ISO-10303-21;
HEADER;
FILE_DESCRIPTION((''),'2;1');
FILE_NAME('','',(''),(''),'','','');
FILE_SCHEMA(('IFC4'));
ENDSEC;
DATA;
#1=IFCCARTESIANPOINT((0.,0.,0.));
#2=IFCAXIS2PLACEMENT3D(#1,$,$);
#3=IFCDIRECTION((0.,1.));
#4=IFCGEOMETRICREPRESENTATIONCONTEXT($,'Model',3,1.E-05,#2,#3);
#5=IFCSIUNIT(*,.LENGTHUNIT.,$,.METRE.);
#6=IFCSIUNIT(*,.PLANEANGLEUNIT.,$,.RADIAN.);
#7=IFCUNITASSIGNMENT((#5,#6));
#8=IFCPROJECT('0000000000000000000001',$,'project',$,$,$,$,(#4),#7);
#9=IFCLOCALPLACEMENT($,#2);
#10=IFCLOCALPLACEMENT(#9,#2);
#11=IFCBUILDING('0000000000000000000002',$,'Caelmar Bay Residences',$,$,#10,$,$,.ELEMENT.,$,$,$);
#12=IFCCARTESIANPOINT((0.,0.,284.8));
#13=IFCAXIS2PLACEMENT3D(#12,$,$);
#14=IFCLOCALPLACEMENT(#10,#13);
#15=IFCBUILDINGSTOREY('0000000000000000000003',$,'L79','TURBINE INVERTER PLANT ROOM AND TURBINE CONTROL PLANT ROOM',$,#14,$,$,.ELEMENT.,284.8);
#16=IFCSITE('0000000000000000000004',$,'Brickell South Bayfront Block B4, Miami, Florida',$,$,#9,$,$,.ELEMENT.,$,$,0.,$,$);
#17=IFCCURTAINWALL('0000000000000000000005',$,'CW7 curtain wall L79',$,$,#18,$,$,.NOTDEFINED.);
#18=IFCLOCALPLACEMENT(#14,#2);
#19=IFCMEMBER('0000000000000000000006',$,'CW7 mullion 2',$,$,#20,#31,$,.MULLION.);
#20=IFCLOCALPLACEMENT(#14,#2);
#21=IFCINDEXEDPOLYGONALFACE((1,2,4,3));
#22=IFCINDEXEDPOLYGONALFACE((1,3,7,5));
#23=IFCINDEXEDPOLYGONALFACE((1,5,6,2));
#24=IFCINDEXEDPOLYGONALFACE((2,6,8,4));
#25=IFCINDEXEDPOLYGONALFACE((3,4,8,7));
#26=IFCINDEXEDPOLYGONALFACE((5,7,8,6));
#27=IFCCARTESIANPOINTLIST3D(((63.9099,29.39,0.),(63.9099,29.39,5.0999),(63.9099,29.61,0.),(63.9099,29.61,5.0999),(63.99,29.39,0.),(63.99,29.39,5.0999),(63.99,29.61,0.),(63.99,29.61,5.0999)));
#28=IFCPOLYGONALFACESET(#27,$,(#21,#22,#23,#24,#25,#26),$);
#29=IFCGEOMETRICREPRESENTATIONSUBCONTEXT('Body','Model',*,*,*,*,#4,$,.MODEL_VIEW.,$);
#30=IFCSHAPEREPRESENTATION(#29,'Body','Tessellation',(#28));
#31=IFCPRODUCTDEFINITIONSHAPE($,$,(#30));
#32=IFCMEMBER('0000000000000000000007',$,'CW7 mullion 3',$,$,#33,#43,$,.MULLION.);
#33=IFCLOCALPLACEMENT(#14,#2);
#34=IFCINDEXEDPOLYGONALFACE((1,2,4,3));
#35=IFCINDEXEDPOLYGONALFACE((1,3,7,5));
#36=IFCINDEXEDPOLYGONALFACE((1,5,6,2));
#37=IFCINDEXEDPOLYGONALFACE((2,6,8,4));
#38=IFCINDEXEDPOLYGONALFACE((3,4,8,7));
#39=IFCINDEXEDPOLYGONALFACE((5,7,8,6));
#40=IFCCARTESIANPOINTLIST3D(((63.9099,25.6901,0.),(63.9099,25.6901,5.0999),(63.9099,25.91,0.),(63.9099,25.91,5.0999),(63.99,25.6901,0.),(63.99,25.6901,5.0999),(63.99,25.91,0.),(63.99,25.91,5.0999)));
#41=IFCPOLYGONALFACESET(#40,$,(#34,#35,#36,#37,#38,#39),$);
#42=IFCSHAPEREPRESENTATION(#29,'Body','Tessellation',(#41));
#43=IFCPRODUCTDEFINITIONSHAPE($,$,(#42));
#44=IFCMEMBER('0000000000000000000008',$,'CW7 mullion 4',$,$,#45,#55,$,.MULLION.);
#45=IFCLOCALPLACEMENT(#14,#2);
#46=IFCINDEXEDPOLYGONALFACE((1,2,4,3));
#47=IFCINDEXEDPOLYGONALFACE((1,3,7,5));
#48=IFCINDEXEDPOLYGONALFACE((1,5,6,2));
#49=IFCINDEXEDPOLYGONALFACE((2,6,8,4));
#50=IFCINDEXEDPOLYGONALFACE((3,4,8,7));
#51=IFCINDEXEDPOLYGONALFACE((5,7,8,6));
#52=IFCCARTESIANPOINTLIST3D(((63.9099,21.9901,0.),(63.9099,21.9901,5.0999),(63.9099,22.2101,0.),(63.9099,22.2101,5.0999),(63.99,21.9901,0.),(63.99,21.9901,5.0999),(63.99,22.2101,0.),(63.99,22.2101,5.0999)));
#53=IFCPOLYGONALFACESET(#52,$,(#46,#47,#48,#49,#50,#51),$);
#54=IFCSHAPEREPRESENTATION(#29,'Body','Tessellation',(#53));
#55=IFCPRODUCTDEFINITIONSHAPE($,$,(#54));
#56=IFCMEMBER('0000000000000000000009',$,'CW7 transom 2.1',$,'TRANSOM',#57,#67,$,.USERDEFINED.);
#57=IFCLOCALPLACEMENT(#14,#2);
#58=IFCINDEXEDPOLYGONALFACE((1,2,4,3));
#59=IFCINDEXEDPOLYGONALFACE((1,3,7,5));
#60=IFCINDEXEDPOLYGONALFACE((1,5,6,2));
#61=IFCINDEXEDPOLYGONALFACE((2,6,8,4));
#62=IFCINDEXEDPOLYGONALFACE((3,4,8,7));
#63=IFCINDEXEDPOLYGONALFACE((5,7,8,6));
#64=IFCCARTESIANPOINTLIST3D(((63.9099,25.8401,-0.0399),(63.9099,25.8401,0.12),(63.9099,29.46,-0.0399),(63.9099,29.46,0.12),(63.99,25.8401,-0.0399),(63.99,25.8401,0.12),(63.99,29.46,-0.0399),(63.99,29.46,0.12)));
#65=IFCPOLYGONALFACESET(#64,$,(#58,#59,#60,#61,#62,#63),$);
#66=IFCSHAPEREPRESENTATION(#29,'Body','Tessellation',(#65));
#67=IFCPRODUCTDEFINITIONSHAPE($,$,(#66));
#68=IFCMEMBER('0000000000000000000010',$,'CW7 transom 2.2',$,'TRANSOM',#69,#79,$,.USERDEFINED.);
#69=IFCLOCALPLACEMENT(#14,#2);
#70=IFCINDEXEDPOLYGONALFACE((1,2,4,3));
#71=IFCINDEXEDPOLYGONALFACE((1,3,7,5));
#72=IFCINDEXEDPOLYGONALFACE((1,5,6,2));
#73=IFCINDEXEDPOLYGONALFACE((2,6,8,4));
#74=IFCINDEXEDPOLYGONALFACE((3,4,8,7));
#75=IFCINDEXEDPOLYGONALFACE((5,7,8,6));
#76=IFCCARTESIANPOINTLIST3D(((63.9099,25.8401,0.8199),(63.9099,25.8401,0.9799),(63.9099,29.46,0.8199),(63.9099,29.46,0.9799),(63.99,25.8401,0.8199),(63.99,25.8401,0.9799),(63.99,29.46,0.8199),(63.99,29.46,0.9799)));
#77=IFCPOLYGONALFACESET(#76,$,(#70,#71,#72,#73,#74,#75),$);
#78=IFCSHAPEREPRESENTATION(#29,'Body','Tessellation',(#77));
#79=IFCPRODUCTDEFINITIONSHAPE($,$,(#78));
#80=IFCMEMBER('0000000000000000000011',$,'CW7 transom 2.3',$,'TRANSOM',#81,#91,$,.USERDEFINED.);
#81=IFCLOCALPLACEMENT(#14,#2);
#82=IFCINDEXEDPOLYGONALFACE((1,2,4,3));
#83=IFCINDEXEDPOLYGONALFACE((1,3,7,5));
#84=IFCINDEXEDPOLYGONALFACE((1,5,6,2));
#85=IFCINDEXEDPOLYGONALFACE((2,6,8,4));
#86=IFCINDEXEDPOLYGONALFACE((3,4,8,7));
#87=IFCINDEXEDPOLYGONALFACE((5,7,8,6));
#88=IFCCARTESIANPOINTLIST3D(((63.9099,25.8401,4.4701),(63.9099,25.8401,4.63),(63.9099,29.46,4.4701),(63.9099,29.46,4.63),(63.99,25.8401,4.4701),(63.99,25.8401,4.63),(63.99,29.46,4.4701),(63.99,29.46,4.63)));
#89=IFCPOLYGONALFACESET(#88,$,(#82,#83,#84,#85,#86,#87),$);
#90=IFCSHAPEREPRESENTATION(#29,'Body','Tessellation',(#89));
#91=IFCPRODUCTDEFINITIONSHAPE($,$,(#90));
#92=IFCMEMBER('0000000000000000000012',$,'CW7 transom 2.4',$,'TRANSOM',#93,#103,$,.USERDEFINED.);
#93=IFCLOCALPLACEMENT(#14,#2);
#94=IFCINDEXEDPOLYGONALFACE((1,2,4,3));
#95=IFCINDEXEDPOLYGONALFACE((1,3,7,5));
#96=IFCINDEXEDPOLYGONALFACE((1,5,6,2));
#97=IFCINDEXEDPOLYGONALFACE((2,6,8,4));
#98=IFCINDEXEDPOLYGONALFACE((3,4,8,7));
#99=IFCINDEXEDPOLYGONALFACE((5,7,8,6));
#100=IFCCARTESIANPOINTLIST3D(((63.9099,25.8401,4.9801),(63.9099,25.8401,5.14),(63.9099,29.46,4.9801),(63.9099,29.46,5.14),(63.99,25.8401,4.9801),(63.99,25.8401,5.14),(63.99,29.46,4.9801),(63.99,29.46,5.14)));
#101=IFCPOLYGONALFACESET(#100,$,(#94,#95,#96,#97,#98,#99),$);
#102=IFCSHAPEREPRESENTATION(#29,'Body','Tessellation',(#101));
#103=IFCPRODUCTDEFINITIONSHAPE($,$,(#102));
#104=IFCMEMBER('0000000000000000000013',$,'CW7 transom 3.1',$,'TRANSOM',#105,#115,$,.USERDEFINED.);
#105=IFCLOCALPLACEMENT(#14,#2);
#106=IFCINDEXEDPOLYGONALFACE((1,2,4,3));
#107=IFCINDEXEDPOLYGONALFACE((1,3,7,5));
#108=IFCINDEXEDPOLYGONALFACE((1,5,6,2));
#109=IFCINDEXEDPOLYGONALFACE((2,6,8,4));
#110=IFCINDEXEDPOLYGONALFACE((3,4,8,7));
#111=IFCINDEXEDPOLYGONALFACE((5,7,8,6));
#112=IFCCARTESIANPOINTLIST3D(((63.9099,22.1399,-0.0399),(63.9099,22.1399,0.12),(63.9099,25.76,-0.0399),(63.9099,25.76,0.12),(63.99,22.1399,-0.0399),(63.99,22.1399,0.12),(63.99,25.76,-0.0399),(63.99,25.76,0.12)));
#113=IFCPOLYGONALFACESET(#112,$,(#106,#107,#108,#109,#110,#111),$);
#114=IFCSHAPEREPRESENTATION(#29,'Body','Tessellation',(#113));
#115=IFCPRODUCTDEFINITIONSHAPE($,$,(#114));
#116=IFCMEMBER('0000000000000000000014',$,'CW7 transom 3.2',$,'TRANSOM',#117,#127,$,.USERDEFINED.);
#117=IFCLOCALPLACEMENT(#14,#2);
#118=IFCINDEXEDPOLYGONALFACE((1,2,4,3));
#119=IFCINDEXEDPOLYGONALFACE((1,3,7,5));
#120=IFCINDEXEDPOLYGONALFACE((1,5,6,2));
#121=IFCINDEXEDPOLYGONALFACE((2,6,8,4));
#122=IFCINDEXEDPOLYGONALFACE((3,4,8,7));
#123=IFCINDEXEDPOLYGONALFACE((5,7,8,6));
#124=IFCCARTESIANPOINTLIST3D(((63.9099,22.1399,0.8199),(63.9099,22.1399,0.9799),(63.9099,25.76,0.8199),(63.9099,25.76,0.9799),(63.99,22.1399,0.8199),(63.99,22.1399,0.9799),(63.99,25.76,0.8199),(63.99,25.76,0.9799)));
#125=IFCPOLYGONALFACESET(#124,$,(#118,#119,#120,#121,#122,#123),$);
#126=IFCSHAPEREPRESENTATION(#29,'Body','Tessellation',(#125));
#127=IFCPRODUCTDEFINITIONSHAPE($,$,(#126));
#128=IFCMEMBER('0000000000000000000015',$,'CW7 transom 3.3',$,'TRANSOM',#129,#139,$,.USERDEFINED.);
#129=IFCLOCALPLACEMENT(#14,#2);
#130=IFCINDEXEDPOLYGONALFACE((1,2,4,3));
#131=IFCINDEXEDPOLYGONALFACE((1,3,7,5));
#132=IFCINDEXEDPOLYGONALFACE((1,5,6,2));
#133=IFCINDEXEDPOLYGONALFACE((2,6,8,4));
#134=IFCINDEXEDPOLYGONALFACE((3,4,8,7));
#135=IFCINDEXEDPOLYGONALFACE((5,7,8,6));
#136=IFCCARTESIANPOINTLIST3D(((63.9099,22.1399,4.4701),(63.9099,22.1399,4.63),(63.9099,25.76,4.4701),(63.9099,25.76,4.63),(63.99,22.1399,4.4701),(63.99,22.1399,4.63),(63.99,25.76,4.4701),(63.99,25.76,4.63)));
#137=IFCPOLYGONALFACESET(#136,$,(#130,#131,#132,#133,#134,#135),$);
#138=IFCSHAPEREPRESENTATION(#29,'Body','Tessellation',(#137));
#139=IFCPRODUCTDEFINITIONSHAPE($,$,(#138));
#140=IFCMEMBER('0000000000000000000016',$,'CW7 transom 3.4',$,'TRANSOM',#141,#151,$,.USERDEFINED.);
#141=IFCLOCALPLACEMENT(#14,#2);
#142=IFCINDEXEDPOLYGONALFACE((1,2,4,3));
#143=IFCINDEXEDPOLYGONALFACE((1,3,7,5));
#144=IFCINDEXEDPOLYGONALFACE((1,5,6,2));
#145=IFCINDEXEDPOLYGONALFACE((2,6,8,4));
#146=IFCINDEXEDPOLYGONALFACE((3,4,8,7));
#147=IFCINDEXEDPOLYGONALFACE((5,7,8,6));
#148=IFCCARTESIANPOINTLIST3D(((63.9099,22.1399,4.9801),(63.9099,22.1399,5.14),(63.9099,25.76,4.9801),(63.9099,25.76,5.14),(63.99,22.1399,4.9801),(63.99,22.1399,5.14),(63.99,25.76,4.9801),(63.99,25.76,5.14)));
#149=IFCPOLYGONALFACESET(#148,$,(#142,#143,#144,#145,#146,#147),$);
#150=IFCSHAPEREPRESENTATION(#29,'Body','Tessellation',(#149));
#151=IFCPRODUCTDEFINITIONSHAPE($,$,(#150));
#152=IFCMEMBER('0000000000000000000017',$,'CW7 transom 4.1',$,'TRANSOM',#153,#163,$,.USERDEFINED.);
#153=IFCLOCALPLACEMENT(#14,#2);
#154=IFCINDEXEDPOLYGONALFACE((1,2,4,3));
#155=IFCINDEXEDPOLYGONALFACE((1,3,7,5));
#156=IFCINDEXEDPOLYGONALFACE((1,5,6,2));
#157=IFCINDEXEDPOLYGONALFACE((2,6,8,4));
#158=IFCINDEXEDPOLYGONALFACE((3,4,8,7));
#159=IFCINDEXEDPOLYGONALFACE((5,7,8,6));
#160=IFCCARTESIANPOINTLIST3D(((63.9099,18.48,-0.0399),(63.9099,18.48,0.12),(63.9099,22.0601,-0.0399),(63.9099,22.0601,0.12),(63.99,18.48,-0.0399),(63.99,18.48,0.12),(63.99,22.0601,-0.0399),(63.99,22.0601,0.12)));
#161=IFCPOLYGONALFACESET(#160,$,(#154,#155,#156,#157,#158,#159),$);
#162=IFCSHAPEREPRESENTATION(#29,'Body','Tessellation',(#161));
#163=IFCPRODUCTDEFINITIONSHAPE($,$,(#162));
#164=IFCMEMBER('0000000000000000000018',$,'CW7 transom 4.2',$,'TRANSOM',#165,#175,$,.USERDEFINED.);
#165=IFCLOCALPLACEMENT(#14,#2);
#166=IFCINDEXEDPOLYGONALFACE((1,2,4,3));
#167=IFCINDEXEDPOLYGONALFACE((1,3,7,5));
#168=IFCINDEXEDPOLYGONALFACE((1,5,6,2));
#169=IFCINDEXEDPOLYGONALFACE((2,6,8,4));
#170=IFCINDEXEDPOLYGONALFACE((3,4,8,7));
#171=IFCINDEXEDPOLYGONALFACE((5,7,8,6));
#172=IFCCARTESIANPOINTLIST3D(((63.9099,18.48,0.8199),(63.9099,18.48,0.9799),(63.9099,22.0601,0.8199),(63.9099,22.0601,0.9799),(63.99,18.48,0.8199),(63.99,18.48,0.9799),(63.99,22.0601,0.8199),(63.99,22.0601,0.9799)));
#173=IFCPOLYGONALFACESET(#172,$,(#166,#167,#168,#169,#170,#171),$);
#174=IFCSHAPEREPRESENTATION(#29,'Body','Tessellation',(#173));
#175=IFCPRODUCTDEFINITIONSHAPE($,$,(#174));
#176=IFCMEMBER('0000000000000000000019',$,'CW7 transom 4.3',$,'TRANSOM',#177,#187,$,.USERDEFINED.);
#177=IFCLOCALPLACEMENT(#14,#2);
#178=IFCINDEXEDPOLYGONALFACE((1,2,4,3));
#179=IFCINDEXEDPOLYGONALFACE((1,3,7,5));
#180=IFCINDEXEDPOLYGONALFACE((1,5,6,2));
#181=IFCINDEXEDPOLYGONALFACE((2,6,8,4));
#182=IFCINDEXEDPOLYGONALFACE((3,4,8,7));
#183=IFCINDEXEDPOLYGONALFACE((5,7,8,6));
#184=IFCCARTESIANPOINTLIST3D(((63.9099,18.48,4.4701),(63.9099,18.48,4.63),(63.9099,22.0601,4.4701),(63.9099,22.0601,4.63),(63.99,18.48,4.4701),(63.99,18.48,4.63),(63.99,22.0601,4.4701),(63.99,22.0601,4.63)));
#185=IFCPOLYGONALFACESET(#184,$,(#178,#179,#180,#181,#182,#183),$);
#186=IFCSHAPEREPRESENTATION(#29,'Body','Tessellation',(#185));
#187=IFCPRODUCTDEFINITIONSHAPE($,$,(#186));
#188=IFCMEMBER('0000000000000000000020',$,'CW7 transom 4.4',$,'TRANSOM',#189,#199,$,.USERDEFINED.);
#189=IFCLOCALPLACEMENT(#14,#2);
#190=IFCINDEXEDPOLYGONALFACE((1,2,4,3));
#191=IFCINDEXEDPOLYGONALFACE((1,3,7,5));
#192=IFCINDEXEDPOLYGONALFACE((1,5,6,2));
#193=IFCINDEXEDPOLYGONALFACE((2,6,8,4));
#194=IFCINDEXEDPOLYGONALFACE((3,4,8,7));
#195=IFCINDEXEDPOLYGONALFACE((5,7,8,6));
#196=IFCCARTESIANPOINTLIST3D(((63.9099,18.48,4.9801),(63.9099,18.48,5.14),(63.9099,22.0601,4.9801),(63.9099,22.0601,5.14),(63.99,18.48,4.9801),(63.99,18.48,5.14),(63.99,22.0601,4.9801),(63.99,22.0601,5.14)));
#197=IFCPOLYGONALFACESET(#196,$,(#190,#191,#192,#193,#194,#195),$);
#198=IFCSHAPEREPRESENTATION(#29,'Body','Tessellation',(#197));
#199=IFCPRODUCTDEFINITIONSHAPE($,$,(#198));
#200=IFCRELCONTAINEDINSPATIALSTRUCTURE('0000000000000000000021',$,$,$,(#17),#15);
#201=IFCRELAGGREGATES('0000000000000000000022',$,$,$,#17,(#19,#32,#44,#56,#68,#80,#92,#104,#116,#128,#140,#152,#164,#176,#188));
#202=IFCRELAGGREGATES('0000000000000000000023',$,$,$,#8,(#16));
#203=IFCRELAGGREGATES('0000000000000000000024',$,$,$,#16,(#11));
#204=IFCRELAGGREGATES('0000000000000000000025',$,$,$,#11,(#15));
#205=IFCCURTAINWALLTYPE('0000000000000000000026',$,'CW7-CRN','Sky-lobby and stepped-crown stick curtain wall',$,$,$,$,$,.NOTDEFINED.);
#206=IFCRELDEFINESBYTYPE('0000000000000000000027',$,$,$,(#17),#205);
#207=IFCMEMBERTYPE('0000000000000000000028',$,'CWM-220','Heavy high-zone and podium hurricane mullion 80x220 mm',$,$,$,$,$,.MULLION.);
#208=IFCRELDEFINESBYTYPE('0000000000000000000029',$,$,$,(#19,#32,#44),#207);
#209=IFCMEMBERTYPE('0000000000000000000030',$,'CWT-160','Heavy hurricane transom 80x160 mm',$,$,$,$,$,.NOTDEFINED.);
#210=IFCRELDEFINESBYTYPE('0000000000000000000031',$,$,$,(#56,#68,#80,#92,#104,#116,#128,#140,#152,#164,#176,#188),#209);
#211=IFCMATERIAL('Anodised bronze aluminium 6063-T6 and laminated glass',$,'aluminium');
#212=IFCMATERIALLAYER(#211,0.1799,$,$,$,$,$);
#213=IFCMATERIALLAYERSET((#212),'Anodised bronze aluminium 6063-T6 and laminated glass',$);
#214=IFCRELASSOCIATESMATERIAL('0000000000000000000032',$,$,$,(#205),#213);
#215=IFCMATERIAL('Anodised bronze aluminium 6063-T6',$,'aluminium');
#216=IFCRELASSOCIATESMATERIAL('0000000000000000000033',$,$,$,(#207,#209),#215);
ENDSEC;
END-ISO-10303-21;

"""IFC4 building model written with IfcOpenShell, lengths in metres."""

from ifc_helpers import new_model, si_unit, direction, frame, origin, origin_2d, place, context, subcontext, project, spatial, rectangle, extrude, material, layer, layer_set, material_profile, profile_set, type_object, element, aggregate, save


model = new_model("IFC4")

# Units and contexts
model_context = context("Model", 3, precision=1e-05, world=origin(), true_north=direction((0.0, 1.0)))
body_context = subcontext(model_context, "Body", "Model", "MODEL_VIEW")
ifc_project = project(units=[si_unit("LENGTHUNIT", "METRE"), si_unit("PLANEANGLEUNIT", "RADIAN")], contexts=[model_context])

# Site, building, storey
site_placement = place(None, origin())
site = spatial("IfcSite", under=ifc_project, at=site_placement, Name="Brickell South Bayfront Block B4, Miami, Florida", CompositionType="ELEMENT", RefElevation=0.0)
building_placement = place(site_placement, origin())
building = spatial("IfcBuilding", under=site, at=building_placement, Name="Caelmar Bay Residences", CompositionType="ELEMENT")
storey_placement = place(building_placement, frame((0.0, 0.0, 284.8)))
storey = spatial("IfcBuildingStorey", under=building, at=storey_placement, Name="L79", Description="TURBINE INVERTER PLANT ROOM AND TURBINE CONTROL PLANT ROOM", CompositionType="ELEMENT", Elevation=284.8)

# Curtain wall, members
ifc_material_1 = material(Name="Anodised bronze aluminium 6063-T6 and laminated glass", Category="aluminium")
ifc_layer_1 = layer(ifc_material_1, 0.1799)
ifc_layer_set_1 = layer_set([ifc_layer_1], Name="Anodised bronze aluminium 6063-T6 and laminated glass")
curtain_wall_type = type_object("IfcCurtainWallType", Name="CW7-CRN", Description="Sky-lobby and stepped-crown stick curtain wall", PredefinedType="NOTDEFINED", material=ifc_layer_set_1)
curtain_wall_placement = place(storey_placement, origin())
curtain_wall = element("IfcCurtainWall", 1, at=curtain_wall_placement, inside=storey, type_object=curtain_wall_type, Name="CW7 curtain wall L79", PredefinedType="NOTDEFINED")
ifc_material_2 = material(Name="Anodised bronze aluminium 6063-T6", Category="aluminium")
ifc_material_profile_1 = material_profile(ifc_material_2, rectangle(XDim=0.0801, YDim=0.22, at=origin_2d()), Name="CWM-80X220")
ifc_profile_set_1 = profile_set([ifc_material_profile_1], Name="Anodised bronze aluminium 6063-T6")
member_type_1 = type_object("IfcMemberType", Name="CWM-220", Description="Heavy high-zone and podium hurricane mullion 80x220 mm", PredefinedType="MULLION", material=ifc_profile_set_1)
member_1_placement = place(storey_placement, frame((63.95, 29.5, 0.0), z_axis=(0.0, 0.0, 1.0), x_axis=(1.0, 0.0, 0.0)))
member_1 = element("IfcMember", 2, at=member_1_placement, type_object=member_type_1, Name="CW7 mullion 2", PredefinedType="MULLION", context=body_context, shape_type="SweptSolid", body=[
    extrude(rectangle(XDim=0.0801, YDim=0.22, at=origin_2d()), origin(), (0.0, 0.0, 1.0), 5.0999),
])
member_2_placement = place(storey_placement, frame((63.95, 25.8, 0.0), z_axis=(0.0, 0.0, 1.0), x_axis=(1.0, 0.0, 0.0)))
member_2 = element("IfcMember", 3, at=member_2_placement, type_object=member_type_1, Name="CW7 mullion 3", PredefinedType="MULLION", context=body_context, shape_type="SweptSolid", body=[
    extrude(rectangle(XDim=0.0801, YDim=0.22, at=origin_2d()), origin(), (0.0, 0.0, 1.0), 5.0999),
])
member_3_placement = place(storey_placement, frame((63.95, 22.1001, 0.0), z_axis=(0.0, 0.0, 1.0), x_axis=(1.0, 0.0, 0.0)))
member_3 = element("IfcMember", 4, at=member_3_placement, type_object=member_type_1, Name="CW7 mullion 4", PredefinedType="MULLION", context=body_context, shape_type="SweptSolid", body=[
    extrude(rectangle(XDim=0.0801, YDim=0.22, at=origin_2d()), origin(), (0.0, 0.0, 1.0), 5.0999),
])
ifc_material_profile_2 = material_profile(ifc_material_2, rectangle(XDim=0.0801, YDim=0.1599, at=origin_2d()), Name="CWT-80X160")
ifc_profile_set_2 = profile_set([ifc_material_profile_2], Name="Anodised bronze aluminium 6063-T6")
member_type_2 = type_object("IfcMemberType", Name="CWT-160", Description="Heavy hurricane transom 80x160 mm", PredefinedType="NOTDEFINED", material=ifc_profile_set_2)
member_4_placement = place(storey_placement, frame((63.95, 29.46, 0.04), z_axis=(0.0, -1.0, 0.0), x_axis=(1.0, 0.0, 0.0)))
member_4 = element("IfcMember", 5, at=member_4_placement, type_object=member_type_2, Name="CW7 transom 2.1", ObjectType="TRANSOM", PredefinedType="USERDEFINED", context=body_context, shape_type="SweptSolid", body=[
    extrude(rectangle(XDim=0.0801, YDim=0.1599, at=origin_2d()), origin(), (0.0, 0.0, 1.0), 3.6199),
])
member_5_placement = place(storey_placement, frame((63.95, 29.46, 0.8999), z_axis=(0.0, -1.0, 0.0), x_axis=(1.0, 0.0, 0.0)))
member_5 = element("IfcMember", 6, at=member_5_placement, type_object=member_type_2, Name="CW7 transom 2.2", ObjectType="TRANSOM", PredefinedType="USERDEFINED", context=body_context, shape_type="SweptSolid", body=[
    extrude(rectangle(XDim=0.0801, YDim=0.1599, at=origin_2d()), origin(), (0.0, 0.0, 1.0), 3.6199),
])
member_6_placement = place(storey_placement, frame((63.95, 29.46, 4.55), z_axis=(0.0, -1.0, 0.0), x_axis=(1.0, 0.0, 0.0)))
member_6 = element("IfcMember", 7, at=member_6_placement, type_object=member_type_2, Name="CW7 transom 2.3", ObjectType="TRANSOM", PredefinedType="USERDEFINED", context=body_context, shape_type="SweptSolid", body=[
    extrude(rectangle(XDim=0.0801, YDim=0.1599, at=origin_2d()), origin(), (0.0, 0.0, 1.0), 3.6199),
])
member_7_placement = place(storey_placement, frame((63.95, 29.46, 5.0601), z_axis=(0.0, -1.0, 0.0), x_axis=(1.0, 0.0, 0.0)))
member_7 = element("IfcMember", 8, at=member_7_placement, type_object=member_type_2, Name="CW7 transom 2.4", ObjectType="TRANSOM", PredefinedType="USERDEFINED", context=body_context, shape_type="SweptSolid", body=[
    extrude(rectangle(XDim=0.0801, YDim=0.1599, at=origin_2d()), origin(), (0.0, 0.0, 1.0), 3.6199),
])
member_8_placement = place(storey_placement, frame((63.95, 25.76, 0.04), z_axis=(0.0, -1.0, 0.0), x_axis=(1.0, 0.0, 0.0)))
member_8 = element("IfcMember", 9, at=member_8_placement, type_object=member_type_2, Name="CW7 transom 3.1", ObjectType="TRANSOM", PredefinedType="USERDEFINED", context=body_context, shape_type="SweptSolid", body=[
    extrude(rectangle(XDim=0.0801, YDim=0.1599, at=origin_2d()), origin(), (0.0, 0.0, 1.0), 3.6201),
])
member_9_placement = place(storey_placement, frame((63.95, 25.76, 0.8999), z_axis=(0.0, -1.0, 0.0), x_axis=(1.0, 0.0, 0.0)))
member_9 = element("IfcMember", 10, at=member_9_placement, type_object=member_type_2, Name="CW7 transom 3.2", ObjectType="TRANSOM", PredefinedType="USERDEFINED", context=body_context, shape_type="SweptSolid", body=[
    extrude(rectangle(XDim=0.0801, YDim=0.1599, at=origin_2d()), origin(), (0.0, 0.0, 1.0), 3.6201),
])
member_10_placement = place(storey_placement, frame((63.95, 25.76, 4.55), z_axis=(0.0, -1.0, 0.0), x_axis=(1.0, 0.0, 0.0)))
member_10 = element("IfcMember", 11, at=member_10_placement, type_object=member_type_2, Name="CW7 transom 3.3", ObjectType="TRANSOM", PredefinedType="USERDEFINED", context=body_context, shape_type="SweptSolid", body=[
    extrude(rectangle(XDim=0.0801, YDim=0.1599, at=origin_2d()), origin(), (0.0, 0.0, 1.0), 3.6201),
])
member_11_placement = place(storey_placement, frame((63.95, 25.76, 5.0601), z_axis=(0.0, -1.0, 0.0), x_axis=(1.0, 0.0, 0.0)))
member_11 = element("IfcMember", 12, at=member_11_placement, type_object=member_type_2, Name="CW7 transom 3.4", ObjectType="TRANSOM", PredefinedType="USERDEFINED", context=body_context, shape_type="SweptSolid", body=[
    extrude(rectangle(XDim=0.0801, YDim=0.1599, at=origin_2d()), origin(), (0.0, 0.0, 1.0), 3.6201),
])
member_12_placement = place(storey_placement, frame((63.95, 22.0601, 0.04), z_axis=(0.0, -1.0, 0.0), x_axis=(1.0, 0.0, 0.0)))
member_12 = element("IfcMember", 13, at=member_12_placement, type_object=member_type_2, Name="CW7 transom 4.1", ObjectType="TRANSOM", PredefinedType="USERDEFINED", context=body_context, shape_type="SweptSolid", body=[
    extrude(rectangle(XDim=0.0801, YDim=0.1599, at=origin_2d()), origin(), (0.0, 0.0, 1.0), 3.5801),
])
member_13_placement = place(storey_placement, frame((63.95, 22.0601, 0.8999), z_axis=(0.0, -1.0, 0.0), x_axis=(1.0, 0.0, 0.0)))
member_13 = element("IfcMember", 14, at=member_13_placement, type_object=member_type_2, Name="CW7 transom 4.2", ObjectType="TRANSOM", PredefinedType="USERDEFINED", context=body_context, shape_type="SweptSolid", body=[
    extrude(rectangle(XDim=0.0801, YDim=0.1599, at=origin_2d()), origin(), (0.0, 0.0, 1.0), 3.5801),
])
member_14_placement = place(storey_placement, frame((63.95, 22.0601, 4.55), z_axis=(0.0, -1.0, 0.0), x_axis=(1.0, 0.0, 0.0)))
member_14 = element("IfcMember", 15, at=member_14_placement, type_object=member_type_2, Name="CW7 transom 4.3", ObjectType="TRANSOM", PredefinedType="USERDEFINED", context=body_context, shape_type="SweptSolid", body=[
    extrude(rectangle(XDim=0.0801, YDim=0.1599, at=origin_2d()), origin(), (0.0, 0.0, 1.0), 3.5801),
])
member_15_placement = place(storey_placement, frame((63.95, 22.0601, 5.0601), z_axis=(0.0, -1.0, 0.0), x_axis=(1.0, 0.0, 0.0)))
member_15 = element("IfcMember", 16, at=member_15_placement, type_object=member_type_2, Name="CW7 transom 4.4", ObjectType="TRANSOM", PredefinedType="USERDEFINED", context=body_context, shape_type="SweptSolid", body=[
    extrude(rectangle(XDim=0.0801, YDim=0.1599, at=origin_2d()), origin(), (0.0, 0.0, 1.0), 3.5801),
])
aggregate(curtain_wall, [member_1, member_2, member_3, member_4, member_5, member_6, member_7, member_8, member_9, member_10, member_11, member_12, member_13, member_14, member_15])

save(model, "model.ifc")
